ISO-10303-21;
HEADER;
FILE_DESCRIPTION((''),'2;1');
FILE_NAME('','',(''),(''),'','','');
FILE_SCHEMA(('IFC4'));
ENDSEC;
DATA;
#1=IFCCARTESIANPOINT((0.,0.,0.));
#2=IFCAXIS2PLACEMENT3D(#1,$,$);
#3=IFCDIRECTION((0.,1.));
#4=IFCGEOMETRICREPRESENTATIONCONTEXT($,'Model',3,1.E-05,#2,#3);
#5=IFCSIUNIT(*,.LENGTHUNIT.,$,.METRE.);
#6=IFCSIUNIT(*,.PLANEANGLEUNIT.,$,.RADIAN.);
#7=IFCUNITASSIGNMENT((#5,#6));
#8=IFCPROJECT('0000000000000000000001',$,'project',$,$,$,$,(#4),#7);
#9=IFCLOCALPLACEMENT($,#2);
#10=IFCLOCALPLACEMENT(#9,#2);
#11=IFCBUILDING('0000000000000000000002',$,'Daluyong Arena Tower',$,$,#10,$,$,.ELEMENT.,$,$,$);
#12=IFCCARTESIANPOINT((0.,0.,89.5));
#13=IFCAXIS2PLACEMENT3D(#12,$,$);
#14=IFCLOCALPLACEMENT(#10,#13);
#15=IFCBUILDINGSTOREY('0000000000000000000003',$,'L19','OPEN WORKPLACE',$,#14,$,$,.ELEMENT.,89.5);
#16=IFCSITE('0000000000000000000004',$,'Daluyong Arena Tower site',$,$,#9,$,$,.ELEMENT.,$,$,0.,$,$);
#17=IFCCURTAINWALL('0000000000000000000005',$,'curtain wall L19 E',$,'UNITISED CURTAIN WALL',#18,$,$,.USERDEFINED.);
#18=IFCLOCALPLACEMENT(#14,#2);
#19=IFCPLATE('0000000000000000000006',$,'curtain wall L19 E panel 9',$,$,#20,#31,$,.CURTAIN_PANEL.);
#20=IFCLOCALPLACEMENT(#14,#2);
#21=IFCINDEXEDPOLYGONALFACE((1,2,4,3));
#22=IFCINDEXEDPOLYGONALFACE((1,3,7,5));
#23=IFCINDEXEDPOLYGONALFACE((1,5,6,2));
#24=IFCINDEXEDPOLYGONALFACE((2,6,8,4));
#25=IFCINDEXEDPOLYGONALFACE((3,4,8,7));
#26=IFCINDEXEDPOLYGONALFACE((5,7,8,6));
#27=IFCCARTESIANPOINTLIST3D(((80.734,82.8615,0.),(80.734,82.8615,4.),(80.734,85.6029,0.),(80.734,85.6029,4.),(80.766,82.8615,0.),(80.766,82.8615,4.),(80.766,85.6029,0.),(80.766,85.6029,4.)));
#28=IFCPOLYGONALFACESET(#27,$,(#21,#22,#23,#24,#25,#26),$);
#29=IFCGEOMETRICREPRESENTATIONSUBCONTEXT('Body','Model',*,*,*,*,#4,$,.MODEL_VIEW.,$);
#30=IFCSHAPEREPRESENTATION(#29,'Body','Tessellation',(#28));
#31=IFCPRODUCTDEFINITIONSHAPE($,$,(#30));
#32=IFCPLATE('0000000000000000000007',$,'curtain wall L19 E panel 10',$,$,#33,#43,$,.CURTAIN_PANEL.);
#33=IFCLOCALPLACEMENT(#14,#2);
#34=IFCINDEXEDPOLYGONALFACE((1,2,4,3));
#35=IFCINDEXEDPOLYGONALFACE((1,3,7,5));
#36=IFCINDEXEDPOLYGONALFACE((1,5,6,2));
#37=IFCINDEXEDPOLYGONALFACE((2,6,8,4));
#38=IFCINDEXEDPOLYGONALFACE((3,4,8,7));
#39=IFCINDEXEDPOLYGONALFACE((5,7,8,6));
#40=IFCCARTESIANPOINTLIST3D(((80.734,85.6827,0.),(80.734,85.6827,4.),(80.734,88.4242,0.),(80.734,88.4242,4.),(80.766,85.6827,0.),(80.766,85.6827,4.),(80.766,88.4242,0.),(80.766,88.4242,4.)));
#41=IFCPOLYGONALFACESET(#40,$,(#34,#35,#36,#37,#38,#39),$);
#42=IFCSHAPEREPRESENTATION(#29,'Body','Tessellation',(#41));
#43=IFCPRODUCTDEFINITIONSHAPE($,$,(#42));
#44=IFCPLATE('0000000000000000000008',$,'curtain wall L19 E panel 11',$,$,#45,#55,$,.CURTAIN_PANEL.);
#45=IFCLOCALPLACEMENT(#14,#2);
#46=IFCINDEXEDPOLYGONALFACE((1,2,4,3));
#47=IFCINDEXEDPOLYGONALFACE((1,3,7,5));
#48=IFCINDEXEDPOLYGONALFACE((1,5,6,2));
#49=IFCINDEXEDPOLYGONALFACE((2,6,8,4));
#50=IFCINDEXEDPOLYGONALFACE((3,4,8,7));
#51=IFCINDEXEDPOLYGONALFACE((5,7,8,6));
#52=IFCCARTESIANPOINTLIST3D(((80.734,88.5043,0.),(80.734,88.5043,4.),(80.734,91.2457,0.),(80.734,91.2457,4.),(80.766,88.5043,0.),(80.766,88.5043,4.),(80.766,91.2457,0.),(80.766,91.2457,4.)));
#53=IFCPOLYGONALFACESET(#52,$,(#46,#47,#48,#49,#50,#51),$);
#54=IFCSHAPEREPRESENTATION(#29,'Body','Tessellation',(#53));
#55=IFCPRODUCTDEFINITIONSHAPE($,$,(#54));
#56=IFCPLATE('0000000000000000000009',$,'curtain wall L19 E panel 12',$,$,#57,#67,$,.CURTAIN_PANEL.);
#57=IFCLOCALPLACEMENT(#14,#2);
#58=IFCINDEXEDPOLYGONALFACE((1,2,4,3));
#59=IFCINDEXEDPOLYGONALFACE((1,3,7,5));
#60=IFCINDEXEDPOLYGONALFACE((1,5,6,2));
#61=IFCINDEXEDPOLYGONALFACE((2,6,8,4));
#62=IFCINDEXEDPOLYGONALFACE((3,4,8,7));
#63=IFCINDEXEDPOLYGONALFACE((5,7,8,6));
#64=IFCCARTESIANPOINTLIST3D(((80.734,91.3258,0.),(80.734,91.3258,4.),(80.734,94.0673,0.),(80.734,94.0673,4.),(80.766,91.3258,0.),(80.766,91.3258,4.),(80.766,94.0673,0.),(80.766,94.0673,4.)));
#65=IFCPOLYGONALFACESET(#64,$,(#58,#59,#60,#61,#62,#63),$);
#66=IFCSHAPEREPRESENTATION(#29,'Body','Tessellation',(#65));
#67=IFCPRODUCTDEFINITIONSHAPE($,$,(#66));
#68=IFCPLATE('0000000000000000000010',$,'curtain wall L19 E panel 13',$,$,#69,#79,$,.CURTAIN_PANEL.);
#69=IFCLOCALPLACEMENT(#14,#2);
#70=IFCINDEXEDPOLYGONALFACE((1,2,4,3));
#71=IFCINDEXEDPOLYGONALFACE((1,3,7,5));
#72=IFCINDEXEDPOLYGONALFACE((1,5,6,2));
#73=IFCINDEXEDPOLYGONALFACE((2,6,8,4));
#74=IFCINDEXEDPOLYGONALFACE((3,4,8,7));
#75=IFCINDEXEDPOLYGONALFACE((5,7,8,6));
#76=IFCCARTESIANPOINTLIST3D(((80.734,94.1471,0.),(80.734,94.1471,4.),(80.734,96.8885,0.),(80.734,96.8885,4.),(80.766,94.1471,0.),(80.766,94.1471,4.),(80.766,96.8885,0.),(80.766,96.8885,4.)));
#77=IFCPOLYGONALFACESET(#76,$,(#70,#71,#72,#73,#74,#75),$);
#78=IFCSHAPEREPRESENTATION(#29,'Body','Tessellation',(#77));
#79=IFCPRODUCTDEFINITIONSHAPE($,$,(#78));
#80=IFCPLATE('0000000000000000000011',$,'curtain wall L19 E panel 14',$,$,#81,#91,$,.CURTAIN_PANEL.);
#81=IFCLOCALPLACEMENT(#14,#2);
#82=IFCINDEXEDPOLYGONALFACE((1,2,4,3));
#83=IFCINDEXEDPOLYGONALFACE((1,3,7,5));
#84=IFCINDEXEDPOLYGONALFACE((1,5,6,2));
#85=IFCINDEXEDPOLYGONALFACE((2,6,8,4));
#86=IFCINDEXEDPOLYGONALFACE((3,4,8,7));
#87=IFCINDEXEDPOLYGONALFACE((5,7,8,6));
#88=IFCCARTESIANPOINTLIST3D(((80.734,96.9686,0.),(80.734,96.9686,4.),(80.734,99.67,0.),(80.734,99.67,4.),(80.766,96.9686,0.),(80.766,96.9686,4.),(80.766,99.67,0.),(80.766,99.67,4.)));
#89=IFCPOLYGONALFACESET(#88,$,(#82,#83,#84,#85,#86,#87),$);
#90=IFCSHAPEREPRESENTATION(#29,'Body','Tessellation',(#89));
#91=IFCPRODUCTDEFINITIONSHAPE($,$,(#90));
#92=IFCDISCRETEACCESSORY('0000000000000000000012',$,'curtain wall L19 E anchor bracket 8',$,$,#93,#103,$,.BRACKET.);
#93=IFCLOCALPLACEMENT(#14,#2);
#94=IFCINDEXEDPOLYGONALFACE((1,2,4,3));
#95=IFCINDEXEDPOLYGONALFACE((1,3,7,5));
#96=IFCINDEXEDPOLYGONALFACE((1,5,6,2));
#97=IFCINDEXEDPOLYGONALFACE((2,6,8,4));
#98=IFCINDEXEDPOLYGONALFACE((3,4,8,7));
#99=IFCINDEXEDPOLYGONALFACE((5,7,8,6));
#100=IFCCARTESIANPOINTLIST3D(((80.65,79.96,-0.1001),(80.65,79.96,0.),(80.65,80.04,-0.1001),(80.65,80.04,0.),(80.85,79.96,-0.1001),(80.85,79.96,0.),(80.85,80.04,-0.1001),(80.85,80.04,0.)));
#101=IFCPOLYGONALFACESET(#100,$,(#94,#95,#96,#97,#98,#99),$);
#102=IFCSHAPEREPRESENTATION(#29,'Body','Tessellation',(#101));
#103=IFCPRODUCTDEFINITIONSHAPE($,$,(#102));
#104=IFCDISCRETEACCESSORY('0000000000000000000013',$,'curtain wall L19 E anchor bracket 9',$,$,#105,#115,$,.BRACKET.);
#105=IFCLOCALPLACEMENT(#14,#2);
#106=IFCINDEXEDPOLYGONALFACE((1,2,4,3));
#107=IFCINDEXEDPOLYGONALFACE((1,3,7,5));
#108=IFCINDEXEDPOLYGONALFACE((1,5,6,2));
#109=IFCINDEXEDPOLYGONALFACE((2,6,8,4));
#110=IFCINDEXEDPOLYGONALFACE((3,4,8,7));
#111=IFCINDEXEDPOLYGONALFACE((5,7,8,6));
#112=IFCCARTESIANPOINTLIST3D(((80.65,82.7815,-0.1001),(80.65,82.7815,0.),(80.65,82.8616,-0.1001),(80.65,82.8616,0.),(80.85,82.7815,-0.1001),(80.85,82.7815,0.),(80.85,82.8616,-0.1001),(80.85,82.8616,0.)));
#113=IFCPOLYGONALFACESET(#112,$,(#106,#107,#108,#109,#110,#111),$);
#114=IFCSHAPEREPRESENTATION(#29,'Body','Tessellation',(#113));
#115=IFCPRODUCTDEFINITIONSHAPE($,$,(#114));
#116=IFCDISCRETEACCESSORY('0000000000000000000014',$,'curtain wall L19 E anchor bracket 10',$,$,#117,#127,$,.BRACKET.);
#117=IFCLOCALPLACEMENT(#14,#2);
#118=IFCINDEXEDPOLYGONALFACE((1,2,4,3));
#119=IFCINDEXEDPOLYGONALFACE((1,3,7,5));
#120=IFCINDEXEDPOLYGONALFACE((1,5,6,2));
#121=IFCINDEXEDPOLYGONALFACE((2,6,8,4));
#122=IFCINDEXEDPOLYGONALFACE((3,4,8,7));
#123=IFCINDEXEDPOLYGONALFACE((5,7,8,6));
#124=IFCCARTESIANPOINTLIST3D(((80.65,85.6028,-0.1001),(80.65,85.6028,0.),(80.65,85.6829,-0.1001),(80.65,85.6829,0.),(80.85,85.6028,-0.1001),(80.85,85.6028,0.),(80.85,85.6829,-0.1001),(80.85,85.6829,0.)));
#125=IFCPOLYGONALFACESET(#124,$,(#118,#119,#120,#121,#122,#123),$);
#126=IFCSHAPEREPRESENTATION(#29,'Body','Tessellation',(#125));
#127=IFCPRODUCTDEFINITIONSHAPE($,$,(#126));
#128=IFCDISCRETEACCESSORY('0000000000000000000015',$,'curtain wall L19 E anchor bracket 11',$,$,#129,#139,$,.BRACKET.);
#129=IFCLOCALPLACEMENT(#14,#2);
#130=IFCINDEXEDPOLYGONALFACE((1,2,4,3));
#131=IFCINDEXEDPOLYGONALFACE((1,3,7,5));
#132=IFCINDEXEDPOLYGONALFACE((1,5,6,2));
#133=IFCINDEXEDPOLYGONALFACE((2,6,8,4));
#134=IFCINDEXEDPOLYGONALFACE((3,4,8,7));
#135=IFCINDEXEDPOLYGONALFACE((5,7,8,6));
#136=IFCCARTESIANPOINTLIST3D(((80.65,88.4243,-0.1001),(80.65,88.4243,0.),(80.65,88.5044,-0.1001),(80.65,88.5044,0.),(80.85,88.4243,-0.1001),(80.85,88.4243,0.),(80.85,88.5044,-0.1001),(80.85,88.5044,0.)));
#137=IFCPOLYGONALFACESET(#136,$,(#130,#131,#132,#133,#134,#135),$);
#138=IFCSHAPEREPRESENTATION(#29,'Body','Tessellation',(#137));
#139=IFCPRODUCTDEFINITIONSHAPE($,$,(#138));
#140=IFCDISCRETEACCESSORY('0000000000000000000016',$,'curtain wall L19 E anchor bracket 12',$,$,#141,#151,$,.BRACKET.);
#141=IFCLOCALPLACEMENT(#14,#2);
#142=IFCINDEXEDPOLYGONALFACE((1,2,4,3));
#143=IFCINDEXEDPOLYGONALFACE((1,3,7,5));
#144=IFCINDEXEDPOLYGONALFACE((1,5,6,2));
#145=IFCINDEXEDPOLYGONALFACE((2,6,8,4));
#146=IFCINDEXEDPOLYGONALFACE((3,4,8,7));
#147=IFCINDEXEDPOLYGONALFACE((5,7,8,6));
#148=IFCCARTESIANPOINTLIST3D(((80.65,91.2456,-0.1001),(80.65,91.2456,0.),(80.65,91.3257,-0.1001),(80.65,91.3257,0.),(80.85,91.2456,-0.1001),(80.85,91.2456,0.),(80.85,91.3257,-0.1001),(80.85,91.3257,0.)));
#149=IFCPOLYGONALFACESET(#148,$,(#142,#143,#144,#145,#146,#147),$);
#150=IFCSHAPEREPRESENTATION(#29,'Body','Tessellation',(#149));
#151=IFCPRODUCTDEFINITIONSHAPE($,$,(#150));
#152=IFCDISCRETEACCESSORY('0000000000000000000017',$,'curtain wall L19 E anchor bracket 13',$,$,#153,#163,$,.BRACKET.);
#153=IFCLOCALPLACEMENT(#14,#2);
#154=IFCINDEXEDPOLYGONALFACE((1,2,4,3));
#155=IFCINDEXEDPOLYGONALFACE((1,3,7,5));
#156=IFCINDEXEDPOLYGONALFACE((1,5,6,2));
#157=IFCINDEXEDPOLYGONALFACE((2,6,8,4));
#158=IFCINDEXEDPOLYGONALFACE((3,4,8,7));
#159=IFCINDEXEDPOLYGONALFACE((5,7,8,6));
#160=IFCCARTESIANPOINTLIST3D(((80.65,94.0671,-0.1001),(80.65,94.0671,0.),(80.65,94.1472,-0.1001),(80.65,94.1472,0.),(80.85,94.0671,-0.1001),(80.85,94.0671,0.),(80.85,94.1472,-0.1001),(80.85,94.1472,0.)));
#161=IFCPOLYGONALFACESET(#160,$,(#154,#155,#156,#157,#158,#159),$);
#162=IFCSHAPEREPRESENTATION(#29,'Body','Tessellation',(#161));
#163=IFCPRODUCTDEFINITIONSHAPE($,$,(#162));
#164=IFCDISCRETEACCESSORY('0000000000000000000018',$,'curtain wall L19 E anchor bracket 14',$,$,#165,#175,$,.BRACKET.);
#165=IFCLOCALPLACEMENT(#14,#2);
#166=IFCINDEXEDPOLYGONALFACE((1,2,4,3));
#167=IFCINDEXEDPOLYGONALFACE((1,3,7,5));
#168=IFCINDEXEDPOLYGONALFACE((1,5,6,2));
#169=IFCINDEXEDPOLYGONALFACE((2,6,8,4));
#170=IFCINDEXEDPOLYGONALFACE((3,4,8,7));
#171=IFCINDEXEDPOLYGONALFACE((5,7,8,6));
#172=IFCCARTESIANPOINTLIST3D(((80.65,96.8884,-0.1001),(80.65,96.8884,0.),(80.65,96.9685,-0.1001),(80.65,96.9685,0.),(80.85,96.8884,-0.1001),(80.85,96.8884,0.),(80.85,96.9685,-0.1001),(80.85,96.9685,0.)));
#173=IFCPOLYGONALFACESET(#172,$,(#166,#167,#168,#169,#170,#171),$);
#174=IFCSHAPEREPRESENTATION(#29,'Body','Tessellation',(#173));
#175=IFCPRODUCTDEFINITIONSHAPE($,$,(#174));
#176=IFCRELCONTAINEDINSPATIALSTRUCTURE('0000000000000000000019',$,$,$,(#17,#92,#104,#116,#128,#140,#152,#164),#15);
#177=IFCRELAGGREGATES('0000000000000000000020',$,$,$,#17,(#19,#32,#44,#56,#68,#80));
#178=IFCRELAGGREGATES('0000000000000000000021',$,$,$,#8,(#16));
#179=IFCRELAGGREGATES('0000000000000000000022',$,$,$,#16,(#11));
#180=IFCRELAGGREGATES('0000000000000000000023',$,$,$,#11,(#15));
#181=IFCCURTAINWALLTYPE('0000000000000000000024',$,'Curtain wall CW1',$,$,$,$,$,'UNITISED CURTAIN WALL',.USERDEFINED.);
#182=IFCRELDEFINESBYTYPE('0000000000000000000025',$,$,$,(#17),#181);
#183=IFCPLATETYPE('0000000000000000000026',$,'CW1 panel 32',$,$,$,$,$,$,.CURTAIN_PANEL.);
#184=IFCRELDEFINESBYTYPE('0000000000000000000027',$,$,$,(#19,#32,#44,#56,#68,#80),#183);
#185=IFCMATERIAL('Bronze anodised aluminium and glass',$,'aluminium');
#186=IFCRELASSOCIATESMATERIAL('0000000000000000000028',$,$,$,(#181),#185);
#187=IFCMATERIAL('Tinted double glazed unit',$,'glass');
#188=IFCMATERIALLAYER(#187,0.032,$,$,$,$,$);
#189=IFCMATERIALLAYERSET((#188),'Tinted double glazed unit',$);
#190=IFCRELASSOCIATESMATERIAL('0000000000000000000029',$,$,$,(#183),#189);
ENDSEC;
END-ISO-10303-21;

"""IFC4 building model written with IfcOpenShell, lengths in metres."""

from ifc_helpers import new_model, si_unit, direction, frame, origin, origin_2d, place, context, subcontext, project, spatial, rectangle, extrude, material, layer, layer_set, type_object, element, aggregate, save


model = new_model("IFC4")

# Units and contexts
model_context = context("Model", 3, precision=1e-05, world=origin(), true_north=direction((0.0, 1.0)))
body_context = subcontext(model_context, "Body", "Model", "MODEL_VIEW")
ifc_project = project(units=[si_unit("LENGTHUNIT", "METRE"), si_unit("PLANEANGLEUNIT", "RADIAN")], contexts=[model_context])

# Site, building, storey
site_placement = place(None, origin())
site = spatial("IfcSite", under=ifc_project, at=site_placement, Name="Daluyong Arena Tower site", CompositionType="ELEMENT", RefElevation=0.0)
building_placement = place(site_placement, origin())
building = spatial("IfcBuilding", under=site, at=building_placement, Name="Daluyong Arena Tower", CompositionType="ELEMENT")
storey_placement = place(building_placement, frame((0.0, 0.0, 89.5)))
storey = spatial("IfcBuildingStorey", under=building, at=storey_placement, Name="L19", Description="OPEN WORKPLACE", CompositionType="ELEMENT", Elevation=89.5)

# Curtain wall
ifc_material_1 = material(Name="Bronze anodised aluminium and glass", Category="aluminium")
curtain_wall_type = type_object("IfcCurtainWallType", Name="Curtain wall CW1", ElementType="UNITISED CURTAIN WALL", PredefinedType="USERDEFINED", material=ifc_material_1)
curtain_wall_placement = place(storey_placement, origin())
curtain_wall = element("IfcCurtainWall", 1, at=curtain_wall_placement, inside=storey, type_object=curtain_wall_type, Name="curtain wall L19 E", ObjectType="UNITISED CURTAIN WALL", PredefinedType="USERDEFINED")

# Plates
ifc_material_2 = material(Name="Tinted double glazed unit", Category="glass")
ifc_layer = layer(ifc_material_2, 0.032)
ifc_layer_set = layer_set([ifc_layer], Name="Tinted double glazed unit")
plate_type = type_object("IfcPlateType", Name="CW1 panel 32", PredefinedType="CURTAIN_PANEL", material=ifc_layer_set)
plate_1_placement = place(storey_placement, frame((80.75, 84.2322, 0.0), z_axis=(0.0, 0.0, 1.0), x_axis=(0.0, 1.0, 0.0)))
plate_1 = element("IfcPlate", 2, at=plate_1_placement, type_object=plate_type, Name="curtain wall L19 E panel 9", PredefinedType="CURTAIN_PANEL", context=body_context, shape_type="SweptSolid", body=[
    extrude(rectangle(XDim=2.7415, YDim=0.032, at=origin_2d()), origin(), (0.0, 0.0, 1.0), 4.0),
])
plate_2_placement = place(storey_placement, frame((80.75, 87.0535, 0.0), z_axis=(0.0, 0.0, 1.0), x_axis=(0.0, 1.0, 0.0)))
plate_2 = element("IfcPlate", 3, at=plate_2_placement, type_object=plate_type, Name="curtain wall L19 E panel 10", PredefinedType="CURTAIN_PANEL", context=body_context, shape_type="SweptSolid", body=[
    extrude(rectangle(XDim=2.7415, YDim=0.032, at=origin_2d()), origin(), (0.0, 0.0, 1.0), 4.0),
])
plate_3_placement = place(storey_placement, frame((80.75, 89.875, 0.0), z_axis=(0.0, 0.0, 1.0), x_axis=(0.0, 1.0, 0.0)))
plate_3 = element("IfcPlate", 4, at=plate_3_placement, type_object=plate_type, Name="curtain wall L19 E panel 11", PredefinedType="CURTAIN_PANEL", context=body_context, shape_type="SweptSolid", body=[
    extrude(rectangle(XDim=2.7415, YDim=0.032, at=origin_2d()), origin(), (0.0, 0.0, 1.0), 4.0),
])
plate_4_placement = place(storey_placement, frame((80.75, 92.6965, 0.0), z_axis=(0.0, 0.0, 1.0), x_axis=(0.0, 1.0, 0.0)))
plate_4 = element("IfcPlate", 5, at=plate_4_placement, type_object=plate_type, Name="curtain wall L19 E panel 12", PredefinedType="CURTAIN_PANEL", context=body_context, shape_type="SweptSolid", body=[
    extrude(rectangle(XDim=2.7415, YDim=0.032, at=origin_2d()), origin(), (0.0, 0.0, 1.0), 4.0),
])
plate_5_placement = place(storey_placement, frame((80.75, 95.5178, 0.0), z_axis=(0.0, 0.0, 1.0), x_axis=(0.0, 1.0, 0.0)))
plate_5 = element("IfcPlate", 6, at=plate_5_placement, type_object=plate_type, Name="curtain wall L19 E panel 13", PredefinedType="CURTAIN_PANEL", context=body_context, shape_type="SweptSolid", body=[
    extrude(rectangle(XDim=2.7415, YDim=0.032, at=origin_2d()), origin(), (0.0, 0.0, 1.0), 4.0),
])
plate_6_placement = place(storey_placement, frame((80.75, 98.3193, 0.0), z_axis=(0.0, 0.0, 1.0), x_axis=(0.0, 1.0, 0.0)))
plate_6 = element("IfcPlate", 7, at=plate_6_placement, type_object=plate_type, Name="curtain wall L19 E panel 14", PredefinedType="CURTAIN_PANEL", context=body_context, shape_type="SweptSolid", body=[
    extrude(rectangle(XDim=2.7014, YDim=0.032, at=origin_2d()), origin(), (0.0, 0.0, 1.0), 4.0),
])
aggregate(curtain_wall, [plate_1, plate_2, plate_3, plate_4, plate_5, plate_6])

# Discrete accessories
for number, where, z_axis, x_axis, name in (
    (8, (80.75, 80.0, -0.1001), (0.0, 0.0, 1.0), (0.0, 1.0, 0.0), "curtain wall L19 E anchor bracket 8"),
    (9, (80.75, 82.8215, -0.1001), (0.0, 0.0, 1.0), (0.0, 1.0, 0.0), "curtain wall L19 E anchor bracket 9"),
    (10, (80.75, 85.6428, -0.1001), (0.0, 0.0, 1.0), (0.0, 1.0, 0.0), "curtain wall L19 E anchor bracket 10"),
    (11, (80.75, 88.4644, -0.1001), (0.0, 0.0, 1.0), (0.0, 1.0, 0.0), "curtain wall L19 E anchor bracket 11"),
    (12, (80.75, 91.2856, -0.1001), (0.0, 0.0, 1.0), (0.0, 1.0, 0.0), "curtain wall L19 E anchor bracket 12"),
    (13, (80.75, 94.1072, -0.1001), (0.0, 0.0, 1.0), (0.0, 1.0, 0.0), "curtain wall L19 E anchor bracket 13"),
    (14, (80.75, 96.9285, -0.1001), (0.0, 0.0, 1.0), (0.0, 1.0, 0.0), "curtain wall L19 E anchor bracket 14"),
):
    element("IfcDiscreteAccessory", number, at=place(storey_placement, frame(where, z_axis=z_axis, x_axis=x_axis)), inside=storey, Name=name, PredefinedType="BRACKET", context=body_context, shape_type="SweptSolid", body=[
        extrude(rectangle(XDim=0.0801, YDim=0.2, at=origin_2d()), origin(), (0.0, 0.0, 1.0), 0.1001),
    ])

save(model, "model.ifc")
